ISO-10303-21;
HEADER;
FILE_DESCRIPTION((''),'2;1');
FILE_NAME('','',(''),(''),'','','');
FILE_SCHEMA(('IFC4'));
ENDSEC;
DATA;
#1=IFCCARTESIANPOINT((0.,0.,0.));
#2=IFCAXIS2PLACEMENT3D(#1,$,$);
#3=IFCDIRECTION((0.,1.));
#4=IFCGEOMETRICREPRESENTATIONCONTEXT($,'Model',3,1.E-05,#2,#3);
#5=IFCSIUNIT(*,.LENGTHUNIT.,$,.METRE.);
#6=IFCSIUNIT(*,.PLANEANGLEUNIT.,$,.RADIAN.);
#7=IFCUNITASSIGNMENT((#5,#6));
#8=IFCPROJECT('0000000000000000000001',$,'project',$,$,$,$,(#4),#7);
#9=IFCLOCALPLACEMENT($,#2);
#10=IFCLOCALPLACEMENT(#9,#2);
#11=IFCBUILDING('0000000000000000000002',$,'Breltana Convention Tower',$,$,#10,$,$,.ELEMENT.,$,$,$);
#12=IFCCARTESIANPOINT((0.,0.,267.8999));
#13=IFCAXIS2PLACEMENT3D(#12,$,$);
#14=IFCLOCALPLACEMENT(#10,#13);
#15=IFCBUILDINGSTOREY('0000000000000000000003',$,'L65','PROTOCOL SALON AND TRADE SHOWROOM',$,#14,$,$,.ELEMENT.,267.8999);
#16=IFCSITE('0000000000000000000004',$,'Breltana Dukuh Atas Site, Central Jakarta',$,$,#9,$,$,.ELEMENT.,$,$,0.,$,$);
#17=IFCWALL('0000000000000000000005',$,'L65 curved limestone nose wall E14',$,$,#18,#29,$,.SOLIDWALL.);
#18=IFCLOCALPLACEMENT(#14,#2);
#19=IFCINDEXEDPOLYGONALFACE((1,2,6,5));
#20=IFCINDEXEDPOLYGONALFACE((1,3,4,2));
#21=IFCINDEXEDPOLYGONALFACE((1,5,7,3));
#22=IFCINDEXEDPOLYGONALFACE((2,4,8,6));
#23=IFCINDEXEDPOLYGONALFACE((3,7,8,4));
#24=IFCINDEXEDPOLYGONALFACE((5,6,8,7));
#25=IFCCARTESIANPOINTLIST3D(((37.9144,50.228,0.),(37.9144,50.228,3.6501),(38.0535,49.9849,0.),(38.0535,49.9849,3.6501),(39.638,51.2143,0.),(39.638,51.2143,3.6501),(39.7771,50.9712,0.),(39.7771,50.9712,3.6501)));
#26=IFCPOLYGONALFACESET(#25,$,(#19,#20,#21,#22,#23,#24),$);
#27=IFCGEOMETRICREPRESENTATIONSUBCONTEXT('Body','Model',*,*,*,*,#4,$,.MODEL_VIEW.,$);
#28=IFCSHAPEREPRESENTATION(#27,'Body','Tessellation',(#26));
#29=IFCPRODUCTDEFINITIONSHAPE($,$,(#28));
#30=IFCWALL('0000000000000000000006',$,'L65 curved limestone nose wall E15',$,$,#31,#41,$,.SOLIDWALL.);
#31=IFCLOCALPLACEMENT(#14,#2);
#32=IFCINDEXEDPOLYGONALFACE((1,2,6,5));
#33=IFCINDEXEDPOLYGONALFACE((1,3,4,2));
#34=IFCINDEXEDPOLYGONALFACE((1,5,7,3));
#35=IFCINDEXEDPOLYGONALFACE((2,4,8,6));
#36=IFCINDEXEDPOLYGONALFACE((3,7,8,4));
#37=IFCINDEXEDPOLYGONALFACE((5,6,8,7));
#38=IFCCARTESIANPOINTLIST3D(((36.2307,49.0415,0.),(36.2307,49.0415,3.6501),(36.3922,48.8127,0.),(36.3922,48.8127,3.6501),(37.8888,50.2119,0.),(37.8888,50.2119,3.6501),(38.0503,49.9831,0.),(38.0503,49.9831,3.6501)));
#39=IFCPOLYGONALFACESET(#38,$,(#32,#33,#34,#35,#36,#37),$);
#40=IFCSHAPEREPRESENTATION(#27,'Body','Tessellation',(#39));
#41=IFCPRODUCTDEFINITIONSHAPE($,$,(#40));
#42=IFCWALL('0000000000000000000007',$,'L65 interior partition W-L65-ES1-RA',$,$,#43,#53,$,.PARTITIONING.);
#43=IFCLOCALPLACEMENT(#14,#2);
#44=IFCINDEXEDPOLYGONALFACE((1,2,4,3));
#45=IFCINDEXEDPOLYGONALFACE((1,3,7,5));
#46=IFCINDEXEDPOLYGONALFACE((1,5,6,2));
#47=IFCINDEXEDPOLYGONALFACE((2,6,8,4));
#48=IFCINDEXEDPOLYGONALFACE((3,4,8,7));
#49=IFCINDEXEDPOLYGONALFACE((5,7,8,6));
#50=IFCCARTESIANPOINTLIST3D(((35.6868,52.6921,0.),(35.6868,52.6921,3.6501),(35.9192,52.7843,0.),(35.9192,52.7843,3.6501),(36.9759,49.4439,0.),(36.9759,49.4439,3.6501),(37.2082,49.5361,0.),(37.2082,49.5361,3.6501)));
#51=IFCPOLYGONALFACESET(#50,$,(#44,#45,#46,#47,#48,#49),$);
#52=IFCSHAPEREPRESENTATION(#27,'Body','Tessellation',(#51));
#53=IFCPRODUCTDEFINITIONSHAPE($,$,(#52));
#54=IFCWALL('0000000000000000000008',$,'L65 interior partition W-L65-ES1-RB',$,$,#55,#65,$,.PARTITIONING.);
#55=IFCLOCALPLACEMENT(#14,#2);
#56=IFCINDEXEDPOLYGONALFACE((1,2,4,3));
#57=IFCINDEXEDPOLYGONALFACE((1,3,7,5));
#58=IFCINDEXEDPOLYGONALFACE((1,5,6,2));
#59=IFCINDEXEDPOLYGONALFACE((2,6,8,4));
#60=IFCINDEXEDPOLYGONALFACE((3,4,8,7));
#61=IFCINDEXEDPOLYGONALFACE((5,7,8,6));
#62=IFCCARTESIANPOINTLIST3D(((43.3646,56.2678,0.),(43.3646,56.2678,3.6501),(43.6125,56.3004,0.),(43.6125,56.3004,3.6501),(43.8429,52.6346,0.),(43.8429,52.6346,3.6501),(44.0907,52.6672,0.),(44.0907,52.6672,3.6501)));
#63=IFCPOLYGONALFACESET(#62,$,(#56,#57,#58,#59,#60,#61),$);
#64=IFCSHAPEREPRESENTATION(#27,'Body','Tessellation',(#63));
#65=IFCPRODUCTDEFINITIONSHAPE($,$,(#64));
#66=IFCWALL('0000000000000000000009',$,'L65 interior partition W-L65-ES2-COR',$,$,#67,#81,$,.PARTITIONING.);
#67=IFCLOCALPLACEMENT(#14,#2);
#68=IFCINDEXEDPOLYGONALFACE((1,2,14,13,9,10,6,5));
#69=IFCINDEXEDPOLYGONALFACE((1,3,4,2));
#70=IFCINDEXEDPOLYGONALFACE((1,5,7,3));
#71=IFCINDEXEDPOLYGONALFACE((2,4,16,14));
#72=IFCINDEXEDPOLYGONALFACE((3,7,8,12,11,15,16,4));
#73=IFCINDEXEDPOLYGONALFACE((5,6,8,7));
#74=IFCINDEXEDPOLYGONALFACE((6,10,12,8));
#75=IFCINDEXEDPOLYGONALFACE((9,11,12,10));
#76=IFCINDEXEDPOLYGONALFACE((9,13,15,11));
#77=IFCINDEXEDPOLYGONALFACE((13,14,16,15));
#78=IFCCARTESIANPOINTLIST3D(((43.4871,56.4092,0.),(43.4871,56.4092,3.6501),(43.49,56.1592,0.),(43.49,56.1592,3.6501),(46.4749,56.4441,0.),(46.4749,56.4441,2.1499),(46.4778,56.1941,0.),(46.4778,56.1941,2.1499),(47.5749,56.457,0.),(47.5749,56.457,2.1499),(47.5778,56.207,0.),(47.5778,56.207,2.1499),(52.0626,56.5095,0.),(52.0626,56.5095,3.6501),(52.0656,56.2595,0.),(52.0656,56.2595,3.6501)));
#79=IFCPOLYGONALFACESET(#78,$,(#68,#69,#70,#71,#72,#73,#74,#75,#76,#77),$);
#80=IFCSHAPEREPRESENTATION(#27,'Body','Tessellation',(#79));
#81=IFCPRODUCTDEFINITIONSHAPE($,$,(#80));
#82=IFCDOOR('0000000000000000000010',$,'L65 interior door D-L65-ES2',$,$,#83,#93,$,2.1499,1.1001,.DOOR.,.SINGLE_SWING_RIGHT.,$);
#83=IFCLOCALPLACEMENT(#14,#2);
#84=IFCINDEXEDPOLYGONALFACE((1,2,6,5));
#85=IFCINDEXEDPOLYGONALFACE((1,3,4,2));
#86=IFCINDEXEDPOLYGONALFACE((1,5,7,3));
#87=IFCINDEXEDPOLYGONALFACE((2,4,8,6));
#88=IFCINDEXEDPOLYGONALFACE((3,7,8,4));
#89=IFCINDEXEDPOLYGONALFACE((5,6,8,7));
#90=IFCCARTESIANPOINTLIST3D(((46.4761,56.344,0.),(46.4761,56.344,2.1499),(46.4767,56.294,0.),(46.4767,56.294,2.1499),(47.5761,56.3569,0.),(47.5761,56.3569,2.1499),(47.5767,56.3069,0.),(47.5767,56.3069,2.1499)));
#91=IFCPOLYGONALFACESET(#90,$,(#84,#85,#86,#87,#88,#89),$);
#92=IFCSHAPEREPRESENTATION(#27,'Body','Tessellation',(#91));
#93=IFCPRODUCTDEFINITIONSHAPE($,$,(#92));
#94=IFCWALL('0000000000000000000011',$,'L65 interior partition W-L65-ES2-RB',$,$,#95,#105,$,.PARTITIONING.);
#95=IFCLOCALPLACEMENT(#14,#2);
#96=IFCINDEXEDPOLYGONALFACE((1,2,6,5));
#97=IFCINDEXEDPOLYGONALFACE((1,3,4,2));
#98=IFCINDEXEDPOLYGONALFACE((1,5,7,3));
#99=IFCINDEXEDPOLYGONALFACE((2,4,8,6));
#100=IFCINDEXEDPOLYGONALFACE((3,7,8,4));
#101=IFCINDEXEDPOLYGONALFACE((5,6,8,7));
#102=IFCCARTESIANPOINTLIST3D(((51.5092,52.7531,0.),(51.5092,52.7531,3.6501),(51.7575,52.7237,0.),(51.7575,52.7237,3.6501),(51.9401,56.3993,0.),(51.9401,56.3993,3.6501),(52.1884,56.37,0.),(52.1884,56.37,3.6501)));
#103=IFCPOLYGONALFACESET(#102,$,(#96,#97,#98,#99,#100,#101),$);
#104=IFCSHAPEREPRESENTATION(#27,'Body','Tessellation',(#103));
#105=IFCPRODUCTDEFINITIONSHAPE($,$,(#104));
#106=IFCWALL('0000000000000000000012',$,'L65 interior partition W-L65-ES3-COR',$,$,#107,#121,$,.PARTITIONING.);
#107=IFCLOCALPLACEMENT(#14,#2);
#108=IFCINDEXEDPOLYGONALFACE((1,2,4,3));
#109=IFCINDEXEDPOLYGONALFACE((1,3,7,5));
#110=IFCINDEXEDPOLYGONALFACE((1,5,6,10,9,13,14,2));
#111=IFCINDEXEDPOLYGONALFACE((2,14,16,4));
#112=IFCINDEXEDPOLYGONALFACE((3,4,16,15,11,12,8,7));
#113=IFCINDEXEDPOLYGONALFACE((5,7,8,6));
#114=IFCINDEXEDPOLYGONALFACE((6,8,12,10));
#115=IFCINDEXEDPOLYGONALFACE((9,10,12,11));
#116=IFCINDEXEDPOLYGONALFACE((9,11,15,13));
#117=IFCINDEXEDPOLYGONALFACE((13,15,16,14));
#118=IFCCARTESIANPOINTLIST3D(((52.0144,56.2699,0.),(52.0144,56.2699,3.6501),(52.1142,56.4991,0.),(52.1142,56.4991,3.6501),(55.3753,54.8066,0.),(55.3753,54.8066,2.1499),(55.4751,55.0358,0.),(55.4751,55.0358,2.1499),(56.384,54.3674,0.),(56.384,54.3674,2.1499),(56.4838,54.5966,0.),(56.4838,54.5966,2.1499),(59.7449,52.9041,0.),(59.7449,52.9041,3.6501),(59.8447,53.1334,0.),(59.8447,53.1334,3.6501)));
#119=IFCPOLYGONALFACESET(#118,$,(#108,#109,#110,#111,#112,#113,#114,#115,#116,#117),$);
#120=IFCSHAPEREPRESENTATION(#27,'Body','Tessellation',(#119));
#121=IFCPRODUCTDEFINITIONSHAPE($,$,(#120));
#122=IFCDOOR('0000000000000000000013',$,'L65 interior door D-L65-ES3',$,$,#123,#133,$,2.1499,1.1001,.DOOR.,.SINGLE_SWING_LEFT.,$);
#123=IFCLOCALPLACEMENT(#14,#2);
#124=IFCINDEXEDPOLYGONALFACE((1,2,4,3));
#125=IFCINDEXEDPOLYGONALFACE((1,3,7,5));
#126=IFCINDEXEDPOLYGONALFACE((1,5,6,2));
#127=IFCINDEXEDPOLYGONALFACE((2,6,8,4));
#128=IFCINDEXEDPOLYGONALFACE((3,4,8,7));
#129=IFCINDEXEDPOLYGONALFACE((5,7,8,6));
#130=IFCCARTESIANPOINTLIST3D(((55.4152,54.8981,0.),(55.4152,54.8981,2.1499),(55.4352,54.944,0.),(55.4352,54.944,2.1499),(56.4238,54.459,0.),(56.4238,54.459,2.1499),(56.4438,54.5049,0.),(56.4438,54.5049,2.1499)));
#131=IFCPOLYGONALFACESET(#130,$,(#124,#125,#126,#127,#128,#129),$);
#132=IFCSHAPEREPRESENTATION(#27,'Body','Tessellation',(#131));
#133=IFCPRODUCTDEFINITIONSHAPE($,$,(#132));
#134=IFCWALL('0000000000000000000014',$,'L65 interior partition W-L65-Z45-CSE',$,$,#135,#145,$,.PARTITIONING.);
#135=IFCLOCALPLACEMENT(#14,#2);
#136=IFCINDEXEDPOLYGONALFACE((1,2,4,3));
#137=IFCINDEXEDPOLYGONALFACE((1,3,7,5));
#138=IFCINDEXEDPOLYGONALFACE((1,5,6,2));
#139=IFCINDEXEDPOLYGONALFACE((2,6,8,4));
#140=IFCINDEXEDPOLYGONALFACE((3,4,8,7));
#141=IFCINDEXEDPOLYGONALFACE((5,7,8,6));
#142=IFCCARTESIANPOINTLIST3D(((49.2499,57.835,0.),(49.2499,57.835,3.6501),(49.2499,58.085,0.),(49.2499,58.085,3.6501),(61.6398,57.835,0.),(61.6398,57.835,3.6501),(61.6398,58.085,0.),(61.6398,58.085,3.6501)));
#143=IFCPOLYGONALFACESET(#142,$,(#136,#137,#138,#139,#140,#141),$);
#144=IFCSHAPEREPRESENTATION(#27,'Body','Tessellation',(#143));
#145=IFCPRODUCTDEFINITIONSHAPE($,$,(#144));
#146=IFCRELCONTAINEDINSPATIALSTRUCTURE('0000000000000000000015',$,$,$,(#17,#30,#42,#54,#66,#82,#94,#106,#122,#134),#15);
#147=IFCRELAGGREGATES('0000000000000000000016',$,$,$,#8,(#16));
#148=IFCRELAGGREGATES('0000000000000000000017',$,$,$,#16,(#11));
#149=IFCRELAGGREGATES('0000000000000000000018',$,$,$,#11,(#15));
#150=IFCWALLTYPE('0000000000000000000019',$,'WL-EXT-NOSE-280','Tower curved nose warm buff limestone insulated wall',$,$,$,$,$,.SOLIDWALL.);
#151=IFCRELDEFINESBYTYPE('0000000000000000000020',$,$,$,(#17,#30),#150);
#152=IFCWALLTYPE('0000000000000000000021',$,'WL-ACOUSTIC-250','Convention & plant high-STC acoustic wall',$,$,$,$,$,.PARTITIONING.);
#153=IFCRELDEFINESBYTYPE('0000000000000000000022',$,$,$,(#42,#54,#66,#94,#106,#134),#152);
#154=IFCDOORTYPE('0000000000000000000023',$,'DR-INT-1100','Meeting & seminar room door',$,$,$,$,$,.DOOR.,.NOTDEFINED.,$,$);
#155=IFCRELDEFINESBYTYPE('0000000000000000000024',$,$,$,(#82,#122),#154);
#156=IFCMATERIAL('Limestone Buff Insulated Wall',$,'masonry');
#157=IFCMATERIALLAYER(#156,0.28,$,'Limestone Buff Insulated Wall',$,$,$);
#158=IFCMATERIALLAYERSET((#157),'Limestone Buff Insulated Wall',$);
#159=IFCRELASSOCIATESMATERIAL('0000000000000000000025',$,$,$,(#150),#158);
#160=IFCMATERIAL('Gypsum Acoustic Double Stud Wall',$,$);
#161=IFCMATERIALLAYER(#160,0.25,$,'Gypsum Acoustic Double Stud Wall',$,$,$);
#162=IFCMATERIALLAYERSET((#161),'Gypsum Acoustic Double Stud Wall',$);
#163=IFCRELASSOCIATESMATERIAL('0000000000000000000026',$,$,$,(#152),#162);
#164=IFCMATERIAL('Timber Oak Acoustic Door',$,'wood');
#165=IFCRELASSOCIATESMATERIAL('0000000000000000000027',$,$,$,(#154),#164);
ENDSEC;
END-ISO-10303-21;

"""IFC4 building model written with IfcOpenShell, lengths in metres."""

from ifc_helpers import new_model, si_unit, direction, frame, frame_2d, origin, place, context, subcontext, project, spatial, rectangle, extrude, source, transform, mapped, material, layer, layer_set, type_object, type_shapes, element, fill, save


model = new_model("IFC4")

# Units and contexts
model_context = context("Model", 3, precision=1e-05, world=origin(), true_north=direction((0.0, 1.0)))
body_context = subcontext(model_context, "Body", "Model", "MODEL_VIEW")
ifc_project = project(units=[si_unit("LENGTHUNIT", "METRE"), si_unit("PLANEANGLEUNIT", "RADIAN")], contexts=[model_context])

# Site, building, storey
site_placement = place(None, origin())
site = spatial("IfcSite", under=ifc_project, at=site_placement, Name="Breltana Dukuh Atas Site, Central Jakarta", CompositionType="ELEMENT", RefElevation=0.0)
building_placement = place(site_placement, origin())
building = spatial("IfcBuilding", under=site, at=building_placement, Name="Breltana Convention Tower", CompositionType="ELEMENT")
storey_placement = place(building_placement, frame((0.0, 0.0, 267.8999)))
storey = spatial("IfcBuildingStorey", under=building, at=storey_placement, Name="L65", Description="PROTOCOL SALON AND TRADE SHOWROOM", CompositionType="ELEMENT", Elevation=267.8999)

# Walls
ifc_material_1 = material(Name="Limestone Buff Insulated Wall", Category="masonry")
ifc_layer_1 = layer(ifc_material_1, 0.28, Name="Limestone Buff Insulated Wall")
ifc_layer_set_1 = layer_set([ifc_layer_1], Name="Limestone Buff Insulated Wall")
wall_type_1 = type_object("IfcWallType", Name="WL-EXT-NOSE-280", Description="Tower curved nose warm buff limestone insulated wall", PredefinedType="SOLIDWALL", material=ifc_layer_set_1)
shared_shape_1 = source(origin(), body_context, "Body", "SweptSolid", [
    extrude(rectangle(XDim=1.9858, YDim=0.28, at=frame_2d((0.9929, 0.0))), origin(), (0.0, 0.0, 1.0), 3.6501),
])
wall_1_placement = place(storey_placement, frame((39.7075, 51.0928, 0.0), z_axis=(0.0, 0.0, 1.0), x_axis=(-0.86794, -0.496668, 0.0)))
element("IfcWall", 1, at=wall_1_placement, inside=storey, type_object=wall_type_1, Name="L65 curved limestone nose wall E14", PredefinedType="SOLIDWALL", context=body_context, shape_type="MappedRepresentation", body=[
    mapped(shared_shape_1, transform((0.0, 0.0, 0.0), scale=1.0)),
])
shared_shape_2 = source(origin(), body_context, "Body", "SweptSolid", [
    extrude(rectangle(XDim=2.0295, YDim=0.28, at=frame_2d((1.0146, 0.0))), origin(), (0.0, 0.0, 1.0), 3.6501),
])
wall_2_placement = place(storey_placement, frame((37.9695, 50.0974, 0.0), z_axis=(0.0, 0.0, 1.0), x_axis=(-0.816988, -0.576655, 0.0)))
element("IfcWall", 2, at=wall_2_placement, inside=storey, type_object=wall_type_1, Name="L65 curved limestone nose wall E15", PredefinedType="SOLIDWALL", context=body_context, shape_type="MappedRepresentation", body=[
    mapped(shared_shape_2, transform((0.0, 0.0, 0.0), scale=1.0)),
])
ifc_material_2 = material(Name="Gypsum Acoustic Double Stud Wall")
ifc_layer_2 = layer(ifc_material_2, 0.25, Name="Gypsum Acoustic Double Stud Wall")
ifc_layer_set_2 = layer_set([ifc_layer_2], Name="Gypsum Acoustic Double Stud Wall")
wall_type_2 = type_object("IfcWallType", Name="WL-ACOUSTIC-250", Description="Convention & plant high-STC acoustic wall", PredefinedType="PARTITIONING", material=ifc_layer_set_2)
shared_shape_3 = source(origin(), body_context, "Body", "SweptSolid", [
    extrude(rectangle(XDim=3.4946, YDim=0.25, at=frame_2d((1.7473, 0.0))), origin(), (0.0, 0.0, 1.0), 3.6501),
])
wall_3_placement = place(storey_placement, frame((37.092, 49.49, 0.0), z_axis=(0.0, 0.0, 1.0), x_axis=(-0.36886, 0.929485, 0.0)))
element("IfcWall", 3, at=wall_3_placement, inside=storey, type_object=wall_type_2, Name="L65 interior partition W-L65-ES1-RA", PredefinedType="PARTITIONING", context=body_context, shape_type="MappedRepresentation", body=[
    mapped(shared_shape_3, transform((0.0, 0.0, 0.0), scale=1.0)),
])
shared_shape_4 = source(origin(), body_context, "Body", "SweptSolid", [
    extrude(rectangle(XDim=3.6646, YDim=0.25, at=frame_2d((1.8323, 0.0))), origin(), (0.0, 0.0, 1.0), 3.6501),
])
wall_4_placement = place(storey_placement, frame((43.9668, 52.6509, 0.0), z_axis=(0.0, 0.0, 1.0), x_axis=(-0.13051, 0.991447, 0.0)))
element("IfcWall", 4, at=wall_4_placement, inside=storey, type_object=wall_type_2, Name="L65 interior partition W-L65-ES1-RB", PredefinedType="PARTITIONING", context=body_context, shape_type="MappedRepresentation", body=[
    mapped(shared_shape_4, transform((0.0, 0.0, 0.0), scale=1.0)),
])

# Wall, opening, door
shared_shape_5 = source(origin(), body_context, "Body", "SweptSolid", [
    extrude(rectangle(XDim=8.5762, YDim=0.25, at=frame_2d((4.2881, 0.0))), origin(), (0.0, 0.0, 1.0), 3.6501),
])
wall_5_placement = place(storey_placement, frame((43.4885, 56.2842, 0.0), z_axis=(0.0, 0.0, 1.0), x_axis=(0.999932, 0.0117, 0.0)))
wall_5 = element("IfcWall", 5, at=wall_5_placement, inside=storey, type_object=wall_type_2, Name="L65 interior partition W-L65-ES2-COR", PredefinedType="PARTITIONING", context=body_context, shape_type="MappedRepresentation", body=[
    mapped(shared_shape_5, transform((0.0, 0.0, 0.0), scale=1.0)),
])
opening_1_placement = place(wall_5_placement, frame((2.988, 0.0, 0.0)))
opening_1 = element("IfcOpeningElement", 6, at=opening_1_placement, cuts=wall_5, PredefinedType="OPENING", context=body_context, shape_type="SweptSolid", body=[
    extrude(rectangle(XDim=1.1001, YDim=2.1499, at=frame_2d((0.55, 1.075))), frame((0.0, 0.135, 0.0), z_axis=(0.0, -1.0, 0.0), x_axis=(1.0, 0.0, 0.0)), (0.0, 0.0, 1.0), 0.27),
])
ifc_material_3 = material(Name="Timber Oak Acoustic Door", Category="wood")
door_type = type_object("IfcDoorType", Name="DR-INT-1100", Description="Meeting & seminar room door", OperationType="NOTDEFINED", PredefinedType="DOOR", material=ifc_material_3)
shared_shape_6 = source(origin(), body_context, "Body", "SweptSolid", [
    extrude(rectangle(XDim=1.1001, YDim=2.1499, at=frame_2d((0.55, 1.075))), frame((0.0, 0.0249, 0.0), z_axis=(0.0, -1.0, 0.0), x_axis=(1.0, 0.0, 0.0)), (0.0, 0.0, 1.0), 0.05),
])
type_shapes(door_type, [shared_shape_6])
door_1_placement = place(opening_1_placement, origin())
door_1 = element("IfcDoor", 7, at=door_1_placement, inside=storey, type_object=door_type, Name="L65 interior door D-L65-ES2", OperationType="SINGLE_SWING_RIGHT", OverallHeight=2.1499, OverallWidth=1.1001, PredefinedType="DOOR", context=body_context, shape_type="MappedRepresentation", body=[
    mapped(shared_shape_6, transform((0.0, 0.0, 0.0), scale=1.0)),
])
fill(opening_1, door_1)

# Wall
shared_shape_7 = source(origin(), body_context, "Body", "SweptSolid", [
    extrude(rectangle(XDim=3.6716, YDim=0.25, at=frame_2d((1.8359, 0.0))), origin(), (0.0, 0.0, 1.0), 3.6501),
])
wall_6_placement = place(storey_placement, frame((51.6333, 52.7383, 0.0), z_axis=(0.0, 0.0, 1.0), x_axis=(0.117362, 0.993089, 0.0)))
element("IfcWall", 8, at=wall_6_placement, inside=storey, type_object=wall_type_2, Name="L65 interior partition W-L65-ES2-RB", PredefinedType="PARTITIONING", context=body_context, shape_type="MappedRepresentation", body=[
    mapped(shared_shape_7, transform((0.0, 0.0, 0.0), scale=1.0)),
])

# Wall, opening, door
shared_shape_8 = source(origin(), body_context, "Body", "SweptSolid", [
    extrude(rectangle(XDim=8.4314, YDim=0.25, at=frame_2d((4.2158, 0.0))), origin(), (0.0, 0.0, 1.0), 3.6501),
])
wall_7_placement = place(storey_placement, frame((52.0642, 56.3845, 0.0), z_axis=(0.0, 0.0, 1.0), x_axis=(0.916868, -0.39919, 0.0)))
wall_7 = element("IfcWall", 9, at=wall_7_placement, inside=storey, type_object=wall_type_2, Name="L65 interior partition W-L65-ES3-COR", PredefinedType="PARTITIONING", context=body_context, shape_type="MappedRepresentation", body=[
    mapped(shared_shape_8, transform((0.0, 0.0, 0.0), scale=1.0)),
])
opening_2_placement = place(wall_7_placement, frame((3.6658, 0.0, 0.0)))
opening_2 = element("IfcOpeningElement", 10, at=opening_2_placement, cuts=wall_7, PredefinedType="OPENING", context=body_context, shape_type="SweptSolid", body=[
    extrude(rectangle(XDim=1.1001, YDim=2.1499, at=frame_2d((0.55, 1.075))), frame((0.0, 0.135, 0.0), z_axis=(0.0, -1.0, 0.0), x_axis=(1.0, 0.0, 0.0)), (0.0, 0.0, 1.0), 0.27),
])
door_2_placement = place(opening_2_placement, origin())
door_2 = element("IfcDoor", 11, at=door_2_placement, inside=storey, type_object=door_type, Name="L65 interior door D-L65-ES3", OperationType="SINGLE_SWING_LEFT", OverallHeight=2.1499, OverallWidth=1.1001, PredefinedType="DOOR", context=body_context, shape_type="MappedRepresentation", body=[
    mapped(shared_shape_6, transform((0.0, 0.0, 0.0), scale=1.0)),
])
fill(opening_2, door_2)

# Wall
shared_shape_9 = source(origin(), body_context, "Body", "SweptSolid", [
    extrude(rectangle(XDim=12.3899, YDim=0.25, at=frame_2d((6.1948, 0.0))), origin(), (0.0, 0.0, 1.0), 3.6501),
])
wall_8_placement = place(storey_placement, frame((49.25, 57.96, 0.0), z_axis=(0.0, 0.0, 1.0), x_axis=(1.0, 0.0, 0.0)))
element("IfcWall", 12, at=wall_8_placement, inside=storey, type_object=wall_type_2, Name="L65 interior partition W-L65-Z45-CSE", PredefinedType="PARTITIONING", context=body_context, shape_type="MappedRepresentation", body=[
    mapped(shared_shape_9, transform((0.0, 0.0, 0.0), scale=1.0)),
])

save(model, "model.ifc")
